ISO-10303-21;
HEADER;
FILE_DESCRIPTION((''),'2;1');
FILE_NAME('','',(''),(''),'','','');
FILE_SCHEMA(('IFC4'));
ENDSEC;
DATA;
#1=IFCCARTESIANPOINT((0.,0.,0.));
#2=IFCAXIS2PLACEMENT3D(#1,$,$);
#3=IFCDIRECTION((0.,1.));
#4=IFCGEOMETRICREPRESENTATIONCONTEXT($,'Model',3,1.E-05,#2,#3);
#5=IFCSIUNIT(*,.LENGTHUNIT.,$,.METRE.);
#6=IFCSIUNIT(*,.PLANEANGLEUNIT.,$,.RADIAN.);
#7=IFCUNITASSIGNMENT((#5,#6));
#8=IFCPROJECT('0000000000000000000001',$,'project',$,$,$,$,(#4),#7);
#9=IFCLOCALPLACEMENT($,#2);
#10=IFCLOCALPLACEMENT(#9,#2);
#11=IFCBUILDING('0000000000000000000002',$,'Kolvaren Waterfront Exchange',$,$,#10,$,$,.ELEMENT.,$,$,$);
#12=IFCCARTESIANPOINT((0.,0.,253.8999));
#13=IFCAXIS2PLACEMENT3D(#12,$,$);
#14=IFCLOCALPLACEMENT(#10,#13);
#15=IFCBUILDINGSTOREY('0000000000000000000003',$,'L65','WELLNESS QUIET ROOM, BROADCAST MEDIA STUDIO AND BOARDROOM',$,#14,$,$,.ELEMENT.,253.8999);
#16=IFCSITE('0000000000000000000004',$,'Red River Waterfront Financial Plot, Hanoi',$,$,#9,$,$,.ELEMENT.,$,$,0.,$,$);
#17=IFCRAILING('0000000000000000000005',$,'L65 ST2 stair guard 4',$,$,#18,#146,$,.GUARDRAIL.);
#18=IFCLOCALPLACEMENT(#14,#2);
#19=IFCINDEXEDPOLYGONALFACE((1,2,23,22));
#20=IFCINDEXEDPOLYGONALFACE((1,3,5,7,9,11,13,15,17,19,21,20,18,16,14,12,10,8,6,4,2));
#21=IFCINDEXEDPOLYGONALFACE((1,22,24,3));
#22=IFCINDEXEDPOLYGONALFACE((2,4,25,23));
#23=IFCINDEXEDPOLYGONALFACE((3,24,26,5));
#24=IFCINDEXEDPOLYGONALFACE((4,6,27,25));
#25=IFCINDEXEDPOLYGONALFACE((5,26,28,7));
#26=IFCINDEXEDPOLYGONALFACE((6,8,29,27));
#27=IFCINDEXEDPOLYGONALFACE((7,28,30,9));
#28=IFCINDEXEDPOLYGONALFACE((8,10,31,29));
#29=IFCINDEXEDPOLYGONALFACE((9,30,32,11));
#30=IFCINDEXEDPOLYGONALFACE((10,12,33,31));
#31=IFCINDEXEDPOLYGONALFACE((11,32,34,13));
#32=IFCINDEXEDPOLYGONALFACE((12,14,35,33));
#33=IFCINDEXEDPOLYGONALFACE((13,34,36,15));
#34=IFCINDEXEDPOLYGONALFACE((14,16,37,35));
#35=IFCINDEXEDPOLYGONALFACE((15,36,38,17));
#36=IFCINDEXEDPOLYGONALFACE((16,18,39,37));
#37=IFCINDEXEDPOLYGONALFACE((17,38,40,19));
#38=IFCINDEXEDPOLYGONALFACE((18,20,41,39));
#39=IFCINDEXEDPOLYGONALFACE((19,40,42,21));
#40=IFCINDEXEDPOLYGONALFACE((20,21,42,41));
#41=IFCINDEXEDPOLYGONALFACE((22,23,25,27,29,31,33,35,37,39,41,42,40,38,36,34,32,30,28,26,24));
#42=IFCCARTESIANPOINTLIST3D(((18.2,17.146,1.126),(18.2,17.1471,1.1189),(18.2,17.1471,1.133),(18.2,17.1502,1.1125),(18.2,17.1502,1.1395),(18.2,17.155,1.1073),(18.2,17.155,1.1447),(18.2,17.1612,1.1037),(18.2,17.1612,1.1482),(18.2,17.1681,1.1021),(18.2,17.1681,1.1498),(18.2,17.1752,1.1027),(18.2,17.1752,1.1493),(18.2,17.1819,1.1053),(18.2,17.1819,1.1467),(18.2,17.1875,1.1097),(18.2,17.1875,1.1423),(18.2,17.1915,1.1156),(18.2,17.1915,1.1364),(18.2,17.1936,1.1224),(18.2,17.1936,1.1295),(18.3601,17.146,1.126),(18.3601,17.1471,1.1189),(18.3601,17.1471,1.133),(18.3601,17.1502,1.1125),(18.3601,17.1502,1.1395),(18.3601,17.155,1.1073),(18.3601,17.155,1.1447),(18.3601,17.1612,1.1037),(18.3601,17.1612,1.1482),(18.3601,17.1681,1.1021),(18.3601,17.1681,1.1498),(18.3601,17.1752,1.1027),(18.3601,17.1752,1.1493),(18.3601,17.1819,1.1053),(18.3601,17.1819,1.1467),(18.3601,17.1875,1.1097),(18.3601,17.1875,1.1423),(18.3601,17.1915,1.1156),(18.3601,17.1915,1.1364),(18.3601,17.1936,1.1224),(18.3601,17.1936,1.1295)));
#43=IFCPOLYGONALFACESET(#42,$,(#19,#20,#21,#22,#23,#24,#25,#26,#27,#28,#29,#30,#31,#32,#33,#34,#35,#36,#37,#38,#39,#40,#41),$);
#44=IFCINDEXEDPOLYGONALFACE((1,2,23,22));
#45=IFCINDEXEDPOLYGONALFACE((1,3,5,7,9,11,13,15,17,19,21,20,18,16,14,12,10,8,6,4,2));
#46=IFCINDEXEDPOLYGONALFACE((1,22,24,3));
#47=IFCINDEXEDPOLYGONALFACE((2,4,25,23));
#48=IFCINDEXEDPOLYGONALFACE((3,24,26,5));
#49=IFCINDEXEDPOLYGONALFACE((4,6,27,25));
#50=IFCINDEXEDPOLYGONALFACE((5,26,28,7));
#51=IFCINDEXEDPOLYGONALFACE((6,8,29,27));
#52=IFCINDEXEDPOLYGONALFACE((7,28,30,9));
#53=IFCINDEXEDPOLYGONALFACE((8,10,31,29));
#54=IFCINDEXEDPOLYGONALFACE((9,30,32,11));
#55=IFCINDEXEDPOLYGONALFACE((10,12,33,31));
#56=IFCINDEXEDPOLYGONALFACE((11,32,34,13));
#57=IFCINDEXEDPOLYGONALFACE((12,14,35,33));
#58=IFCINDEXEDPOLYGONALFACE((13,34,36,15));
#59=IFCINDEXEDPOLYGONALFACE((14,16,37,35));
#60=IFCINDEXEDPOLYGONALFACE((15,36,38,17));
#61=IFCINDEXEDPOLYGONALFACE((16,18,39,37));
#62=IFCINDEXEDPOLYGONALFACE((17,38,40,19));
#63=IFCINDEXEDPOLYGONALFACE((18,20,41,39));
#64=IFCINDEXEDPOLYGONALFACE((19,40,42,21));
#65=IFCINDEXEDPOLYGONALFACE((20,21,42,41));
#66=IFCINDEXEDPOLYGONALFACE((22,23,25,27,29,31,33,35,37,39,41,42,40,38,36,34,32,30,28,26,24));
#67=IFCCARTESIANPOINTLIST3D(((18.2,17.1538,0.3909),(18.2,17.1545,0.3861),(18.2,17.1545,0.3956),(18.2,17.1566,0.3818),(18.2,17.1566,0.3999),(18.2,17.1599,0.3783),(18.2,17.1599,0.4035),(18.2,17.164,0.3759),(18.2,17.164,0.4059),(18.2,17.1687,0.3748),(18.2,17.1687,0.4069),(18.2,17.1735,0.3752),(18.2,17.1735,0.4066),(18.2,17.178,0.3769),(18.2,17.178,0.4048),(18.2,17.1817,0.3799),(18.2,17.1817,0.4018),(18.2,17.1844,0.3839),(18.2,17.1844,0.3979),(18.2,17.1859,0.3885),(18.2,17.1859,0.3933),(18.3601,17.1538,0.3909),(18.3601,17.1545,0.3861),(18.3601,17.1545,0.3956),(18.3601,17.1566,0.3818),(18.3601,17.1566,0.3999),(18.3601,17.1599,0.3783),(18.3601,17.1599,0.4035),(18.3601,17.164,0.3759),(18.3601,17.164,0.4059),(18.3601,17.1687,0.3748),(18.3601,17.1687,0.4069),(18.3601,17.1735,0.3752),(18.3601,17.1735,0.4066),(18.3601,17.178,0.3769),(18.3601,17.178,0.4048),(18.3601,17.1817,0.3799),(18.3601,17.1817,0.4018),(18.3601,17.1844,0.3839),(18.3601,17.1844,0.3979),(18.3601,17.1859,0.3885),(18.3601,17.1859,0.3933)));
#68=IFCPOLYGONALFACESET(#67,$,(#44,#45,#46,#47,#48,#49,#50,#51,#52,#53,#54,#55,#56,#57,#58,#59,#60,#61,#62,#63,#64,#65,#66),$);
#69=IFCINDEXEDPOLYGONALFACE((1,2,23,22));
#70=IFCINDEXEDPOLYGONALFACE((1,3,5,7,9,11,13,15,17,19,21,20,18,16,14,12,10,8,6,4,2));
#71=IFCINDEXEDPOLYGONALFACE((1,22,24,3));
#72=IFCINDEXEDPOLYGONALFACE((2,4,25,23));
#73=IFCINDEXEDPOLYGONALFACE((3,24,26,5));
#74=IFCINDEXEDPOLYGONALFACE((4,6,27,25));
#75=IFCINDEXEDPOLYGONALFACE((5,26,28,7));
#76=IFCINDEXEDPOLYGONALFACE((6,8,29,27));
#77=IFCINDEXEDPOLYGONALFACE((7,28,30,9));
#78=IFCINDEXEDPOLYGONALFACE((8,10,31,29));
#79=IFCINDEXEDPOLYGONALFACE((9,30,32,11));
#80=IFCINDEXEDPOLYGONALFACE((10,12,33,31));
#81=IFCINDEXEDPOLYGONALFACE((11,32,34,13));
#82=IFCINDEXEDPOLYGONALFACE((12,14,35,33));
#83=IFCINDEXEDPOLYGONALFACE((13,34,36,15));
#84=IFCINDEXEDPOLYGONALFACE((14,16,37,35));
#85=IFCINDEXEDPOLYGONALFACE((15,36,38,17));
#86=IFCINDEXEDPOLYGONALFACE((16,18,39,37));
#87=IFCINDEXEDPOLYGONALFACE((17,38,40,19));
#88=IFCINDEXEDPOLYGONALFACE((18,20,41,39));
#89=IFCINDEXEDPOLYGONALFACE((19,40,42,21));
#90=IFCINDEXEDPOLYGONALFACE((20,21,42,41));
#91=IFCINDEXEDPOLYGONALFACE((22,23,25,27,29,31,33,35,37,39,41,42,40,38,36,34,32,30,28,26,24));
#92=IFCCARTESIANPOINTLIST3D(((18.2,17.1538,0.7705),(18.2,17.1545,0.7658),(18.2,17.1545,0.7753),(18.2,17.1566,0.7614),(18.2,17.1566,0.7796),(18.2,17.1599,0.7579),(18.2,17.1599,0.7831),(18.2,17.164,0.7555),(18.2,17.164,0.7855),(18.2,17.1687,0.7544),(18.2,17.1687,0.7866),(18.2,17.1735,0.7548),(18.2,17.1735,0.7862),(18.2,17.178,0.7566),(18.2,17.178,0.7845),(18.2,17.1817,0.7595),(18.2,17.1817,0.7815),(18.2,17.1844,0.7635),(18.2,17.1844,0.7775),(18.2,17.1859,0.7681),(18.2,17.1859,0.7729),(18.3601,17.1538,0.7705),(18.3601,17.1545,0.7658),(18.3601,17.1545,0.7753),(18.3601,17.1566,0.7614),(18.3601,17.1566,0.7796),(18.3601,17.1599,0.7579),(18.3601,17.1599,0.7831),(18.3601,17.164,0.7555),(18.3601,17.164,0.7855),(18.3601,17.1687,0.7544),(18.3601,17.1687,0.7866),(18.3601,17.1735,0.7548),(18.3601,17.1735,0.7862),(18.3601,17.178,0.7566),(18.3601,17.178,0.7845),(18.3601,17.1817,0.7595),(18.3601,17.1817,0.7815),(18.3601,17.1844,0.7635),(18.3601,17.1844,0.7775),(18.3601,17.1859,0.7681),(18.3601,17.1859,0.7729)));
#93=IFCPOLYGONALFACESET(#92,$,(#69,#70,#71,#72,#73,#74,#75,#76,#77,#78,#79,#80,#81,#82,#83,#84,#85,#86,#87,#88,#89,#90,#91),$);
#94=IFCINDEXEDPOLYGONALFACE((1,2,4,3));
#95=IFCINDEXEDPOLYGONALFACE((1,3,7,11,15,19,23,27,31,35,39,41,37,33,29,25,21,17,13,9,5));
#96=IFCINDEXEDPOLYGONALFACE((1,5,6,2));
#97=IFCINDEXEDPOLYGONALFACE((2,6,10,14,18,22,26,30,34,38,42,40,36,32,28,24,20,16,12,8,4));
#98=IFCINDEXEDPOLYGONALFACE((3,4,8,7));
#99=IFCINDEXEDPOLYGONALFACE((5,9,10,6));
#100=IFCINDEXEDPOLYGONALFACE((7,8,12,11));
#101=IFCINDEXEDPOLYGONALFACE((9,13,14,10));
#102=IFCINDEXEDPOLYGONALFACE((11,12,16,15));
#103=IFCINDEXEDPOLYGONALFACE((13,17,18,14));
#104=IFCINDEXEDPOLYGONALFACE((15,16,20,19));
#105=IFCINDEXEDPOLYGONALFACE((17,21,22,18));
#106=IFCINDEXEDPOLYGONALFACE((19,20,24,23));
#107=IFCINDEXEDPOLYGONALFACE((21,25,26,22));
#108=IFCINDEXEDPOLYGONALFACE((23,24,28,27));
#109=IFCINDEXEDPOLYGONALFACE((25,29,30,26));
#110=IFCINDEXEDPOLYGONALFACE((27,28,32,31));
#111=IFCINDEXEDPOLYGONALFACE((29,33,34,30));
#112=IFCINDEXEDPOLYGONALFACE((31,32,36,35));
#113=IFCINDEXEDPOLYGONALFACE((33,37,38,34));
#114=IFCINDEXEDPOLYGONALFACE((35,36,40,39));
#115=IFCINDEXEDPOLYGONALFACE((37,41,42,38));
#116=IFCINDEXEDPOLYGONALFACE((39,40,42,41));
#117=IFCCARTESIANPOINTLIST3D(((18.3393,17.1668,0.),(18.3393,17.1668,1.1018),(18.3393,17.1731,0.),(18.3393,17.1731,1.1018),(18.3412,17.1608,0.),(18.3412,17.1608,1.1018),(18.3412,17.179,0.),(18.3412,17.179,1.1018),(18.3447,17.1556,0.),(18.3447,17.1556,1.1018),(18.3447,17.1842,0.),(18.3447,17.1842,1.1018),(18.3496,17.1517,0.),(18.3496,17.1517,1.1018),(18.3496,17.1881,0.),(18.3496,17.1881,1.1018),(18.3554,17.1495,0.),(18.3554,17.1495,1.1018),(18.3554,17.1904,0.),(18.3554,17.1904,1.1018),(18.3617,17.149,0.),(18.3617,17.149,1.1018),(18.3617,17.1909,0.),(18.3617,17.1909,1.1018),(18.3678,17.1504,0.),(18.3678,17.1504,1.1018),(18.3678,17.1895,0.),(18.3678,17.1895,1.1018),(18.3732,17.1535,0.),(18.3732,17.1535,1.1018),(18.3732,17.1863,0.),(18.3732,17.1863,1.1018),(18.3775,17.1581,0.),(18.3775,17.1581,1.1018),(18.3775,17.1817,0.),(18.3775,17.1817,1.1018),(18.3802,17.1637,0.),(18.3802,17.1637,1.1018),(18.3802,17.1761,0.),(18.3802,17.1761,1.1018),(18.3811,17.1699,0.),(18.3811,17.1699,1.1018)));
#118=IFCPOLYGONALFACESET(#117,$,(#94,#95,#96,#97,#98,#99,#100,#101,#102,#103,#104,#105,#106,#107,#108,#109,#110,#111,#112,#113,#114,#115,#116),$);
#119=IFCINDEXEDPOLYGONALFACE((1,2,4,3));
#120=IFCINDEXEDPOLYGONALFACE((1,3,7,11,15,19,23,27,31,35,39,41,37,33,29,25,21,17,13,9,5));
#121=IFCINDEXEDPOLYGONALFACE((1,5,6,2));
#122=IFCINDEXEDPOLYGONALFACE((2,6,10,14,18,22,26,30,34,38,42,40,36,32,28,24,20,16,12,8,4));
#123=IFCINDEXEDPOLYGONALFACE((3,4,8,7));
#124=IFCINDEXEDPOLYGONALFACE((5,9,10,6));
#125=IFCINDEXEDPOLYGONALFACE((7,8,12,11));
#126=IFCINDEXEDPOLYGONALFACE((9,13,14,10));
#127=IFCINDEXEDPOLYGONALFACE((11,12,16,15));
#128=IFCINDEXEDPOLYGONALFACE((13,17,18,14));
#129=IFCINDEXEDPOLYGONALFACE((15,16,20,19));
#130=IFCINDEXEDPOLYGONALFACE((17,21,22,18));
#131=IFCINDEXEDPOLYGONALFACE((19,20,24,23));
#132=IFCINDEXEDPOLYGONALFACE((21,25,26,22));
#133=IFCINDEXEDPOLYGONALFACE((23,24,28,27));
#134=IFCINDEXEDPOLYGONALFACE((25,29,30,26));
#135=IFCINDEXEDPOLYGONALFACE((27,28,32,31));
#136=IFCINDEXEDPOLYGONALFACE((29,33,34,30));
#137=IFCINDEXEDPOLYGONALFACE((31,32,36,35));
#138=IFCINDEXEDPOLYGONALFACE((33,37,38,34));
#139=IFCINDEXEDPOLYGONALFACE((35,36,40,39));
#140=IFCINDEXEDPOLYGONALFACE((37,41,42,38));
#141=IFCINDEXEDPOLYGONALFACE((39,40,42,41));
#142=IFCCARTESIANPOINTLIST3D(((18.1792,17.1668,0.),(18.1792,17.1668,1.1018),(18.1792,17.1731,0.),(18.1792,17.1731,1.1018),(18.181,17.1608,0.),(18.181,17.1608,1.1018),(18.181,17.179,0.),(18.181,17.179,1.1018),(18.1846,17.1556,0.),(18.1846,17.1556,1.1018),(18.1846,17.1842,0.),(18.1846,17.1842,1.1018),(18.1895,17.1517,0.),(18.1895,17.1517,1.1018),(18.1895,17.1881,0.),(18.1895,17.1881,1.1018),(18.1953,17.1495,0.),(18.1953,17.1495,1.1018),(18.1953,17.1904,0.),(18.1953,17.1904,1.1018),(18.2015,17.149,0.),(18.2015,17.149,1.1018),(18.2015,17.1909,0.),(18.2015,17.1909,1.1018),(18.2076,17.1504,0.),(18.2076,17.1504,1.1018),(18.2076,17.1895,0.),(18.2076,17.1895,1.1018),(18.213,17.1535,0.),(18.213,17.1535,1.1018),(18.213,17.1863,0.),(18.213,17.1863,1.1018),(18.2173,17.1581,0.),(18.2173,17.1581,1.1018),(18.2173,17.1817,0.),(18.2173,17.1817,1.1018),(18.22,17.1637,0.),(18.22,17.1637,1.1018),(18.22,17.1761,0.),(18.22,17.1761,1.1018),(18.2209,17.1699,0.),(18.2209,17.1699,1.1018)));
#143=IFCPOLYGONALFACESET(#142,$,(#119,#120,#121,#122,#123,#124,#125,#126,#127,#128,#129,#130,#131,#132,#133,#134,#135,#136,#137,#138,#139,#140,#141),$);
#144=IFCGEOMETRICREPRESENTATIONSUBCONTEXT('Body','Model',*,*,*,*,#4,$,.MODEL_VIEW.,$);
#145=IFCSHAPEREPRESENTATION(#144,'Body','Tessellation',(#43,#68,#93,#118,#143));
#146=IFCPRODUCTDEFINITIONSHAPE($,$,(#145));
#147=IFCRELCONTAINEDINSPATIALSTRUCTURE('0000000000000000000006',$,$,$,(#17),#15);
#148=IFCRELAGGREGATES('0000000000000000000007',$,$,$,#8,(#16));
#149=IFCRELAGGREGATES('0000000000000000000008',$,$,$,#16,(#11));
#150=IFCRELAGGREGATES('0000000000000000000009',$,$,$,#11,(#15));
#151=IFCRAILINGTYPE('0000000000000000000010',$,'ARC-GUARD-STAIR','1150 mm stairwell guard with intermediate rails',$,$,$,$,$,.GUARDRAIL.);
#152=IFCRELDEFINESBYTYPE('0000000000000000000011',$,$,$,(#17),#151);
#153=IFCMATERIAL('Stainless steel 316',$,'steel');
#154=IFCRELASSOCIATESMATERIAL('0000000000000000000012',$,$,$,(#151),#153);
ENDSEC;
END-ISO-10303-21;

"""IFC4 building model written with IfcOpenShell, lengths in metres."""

from ifc_helpers import new_model, si_unit, direction, frame, origin, origin_2d, place, context, subcontext, project, spatial, circle, extrude, material, type_object, element, save


model = new_model("IFC4")

# Units and contexts
model_context = context("Model", 3, precision=1e-05, world=origin(), true_north=direction((0.0, 1.0)))
body_context = subcontext(model_context, "Body", "Model", "MODEL_VIEW")
ifc_project = project(units=[si_unit("LENGTHUNIT", "METRE"), si_unit("PLANEANGLEUNIT", "RADIAN")], contexts=[model_context])

# Site, building, storey
site_placement = place(None, origin())
site = spatial("IfcSite", under=ifc_project, at=site_placement, Name="Red River Waterfront Financial Plot, Hanoi", CompositionType="ELEMENT", RefElevation=0.0)
building_placement = place(site_placement, origin())
building = spatial("IfcBuilding", under=site, at=building_placement, Name="Kolvaren Waterfront Exchange", CompositionType="ELEMENT")
storey_placement = place(building_placement, frame((0.0, 0.0, 253.8999)))
storey = spatial("IfcBuildingStorey", under=building, at=storey_placement, Name="L65", Description="WELLNESS QUIET ROOM, BROADCAST MEDIA STUDIO AND BOARDROOM", CompositionType="ELEMENT", Elevation=253.8999)

# Railing
ifc_material_1 = material(Name="Stainless steel 316", Category="steel")
railing_type_1 = type_object("IfcRailingType", Name="ARC-GUARD-STAIR", Description="1150 mm stairwell guard with intermediate rails", PredefinedType="GUARDRAIL", material=ifc_material_1)
railing_1_placement = place(storey_placement, frame((18.3601, 17.1699, 0.0)))
element("IfcRailing", 1, at=railing_1_placement, inside=storey, type_object=railing_type_1, Name="L65 ST2 stair guard 4", PredefinedType="GUARDRAIL", context=body_context, shape_type="SweptSolid", body=[
    extrude(circle(Radius=0.0239, at=origin_2d()), frame((0.0, 0.0, 1.126), z_axis=(-1.0, 0.0, 0.0), x_axis=(0.0, -1.0, 0.0)), (0.0, 0.0, 1.0), 0.1602),
    extrude(circle(Radius=0.0161, at=origin_2d()), frame((0.0, 0.0, 0.3909), z_axis=(-1.0, 0.0, 0.0), x_axis=(0.0, -1.0, 0.0)), (0.0, 0.0, 1.0), 0.1602),
    extrude(circle(Radius=0.0161, at=origin_2d()), frame((0.0, 0.0, 0.7705), z_axis=(-1.0, 0.0, 0.0), x_axis=(0.0, -1.0, 0.0)), (0.0, 0.0, 1.0), 0.1602),
    extrude(circle(Radius=0.021, at=origin_2d()), origin(), (0.0, 0.0, 1.0), 1.1018),
    extrude(circle(Radius=0.021, at=origin_2d()), frame((-0.1602, 0.0, 0.0)), (0.0, 0.0, 1.0), 1.1018),
])

save(model, "model.ifc")
